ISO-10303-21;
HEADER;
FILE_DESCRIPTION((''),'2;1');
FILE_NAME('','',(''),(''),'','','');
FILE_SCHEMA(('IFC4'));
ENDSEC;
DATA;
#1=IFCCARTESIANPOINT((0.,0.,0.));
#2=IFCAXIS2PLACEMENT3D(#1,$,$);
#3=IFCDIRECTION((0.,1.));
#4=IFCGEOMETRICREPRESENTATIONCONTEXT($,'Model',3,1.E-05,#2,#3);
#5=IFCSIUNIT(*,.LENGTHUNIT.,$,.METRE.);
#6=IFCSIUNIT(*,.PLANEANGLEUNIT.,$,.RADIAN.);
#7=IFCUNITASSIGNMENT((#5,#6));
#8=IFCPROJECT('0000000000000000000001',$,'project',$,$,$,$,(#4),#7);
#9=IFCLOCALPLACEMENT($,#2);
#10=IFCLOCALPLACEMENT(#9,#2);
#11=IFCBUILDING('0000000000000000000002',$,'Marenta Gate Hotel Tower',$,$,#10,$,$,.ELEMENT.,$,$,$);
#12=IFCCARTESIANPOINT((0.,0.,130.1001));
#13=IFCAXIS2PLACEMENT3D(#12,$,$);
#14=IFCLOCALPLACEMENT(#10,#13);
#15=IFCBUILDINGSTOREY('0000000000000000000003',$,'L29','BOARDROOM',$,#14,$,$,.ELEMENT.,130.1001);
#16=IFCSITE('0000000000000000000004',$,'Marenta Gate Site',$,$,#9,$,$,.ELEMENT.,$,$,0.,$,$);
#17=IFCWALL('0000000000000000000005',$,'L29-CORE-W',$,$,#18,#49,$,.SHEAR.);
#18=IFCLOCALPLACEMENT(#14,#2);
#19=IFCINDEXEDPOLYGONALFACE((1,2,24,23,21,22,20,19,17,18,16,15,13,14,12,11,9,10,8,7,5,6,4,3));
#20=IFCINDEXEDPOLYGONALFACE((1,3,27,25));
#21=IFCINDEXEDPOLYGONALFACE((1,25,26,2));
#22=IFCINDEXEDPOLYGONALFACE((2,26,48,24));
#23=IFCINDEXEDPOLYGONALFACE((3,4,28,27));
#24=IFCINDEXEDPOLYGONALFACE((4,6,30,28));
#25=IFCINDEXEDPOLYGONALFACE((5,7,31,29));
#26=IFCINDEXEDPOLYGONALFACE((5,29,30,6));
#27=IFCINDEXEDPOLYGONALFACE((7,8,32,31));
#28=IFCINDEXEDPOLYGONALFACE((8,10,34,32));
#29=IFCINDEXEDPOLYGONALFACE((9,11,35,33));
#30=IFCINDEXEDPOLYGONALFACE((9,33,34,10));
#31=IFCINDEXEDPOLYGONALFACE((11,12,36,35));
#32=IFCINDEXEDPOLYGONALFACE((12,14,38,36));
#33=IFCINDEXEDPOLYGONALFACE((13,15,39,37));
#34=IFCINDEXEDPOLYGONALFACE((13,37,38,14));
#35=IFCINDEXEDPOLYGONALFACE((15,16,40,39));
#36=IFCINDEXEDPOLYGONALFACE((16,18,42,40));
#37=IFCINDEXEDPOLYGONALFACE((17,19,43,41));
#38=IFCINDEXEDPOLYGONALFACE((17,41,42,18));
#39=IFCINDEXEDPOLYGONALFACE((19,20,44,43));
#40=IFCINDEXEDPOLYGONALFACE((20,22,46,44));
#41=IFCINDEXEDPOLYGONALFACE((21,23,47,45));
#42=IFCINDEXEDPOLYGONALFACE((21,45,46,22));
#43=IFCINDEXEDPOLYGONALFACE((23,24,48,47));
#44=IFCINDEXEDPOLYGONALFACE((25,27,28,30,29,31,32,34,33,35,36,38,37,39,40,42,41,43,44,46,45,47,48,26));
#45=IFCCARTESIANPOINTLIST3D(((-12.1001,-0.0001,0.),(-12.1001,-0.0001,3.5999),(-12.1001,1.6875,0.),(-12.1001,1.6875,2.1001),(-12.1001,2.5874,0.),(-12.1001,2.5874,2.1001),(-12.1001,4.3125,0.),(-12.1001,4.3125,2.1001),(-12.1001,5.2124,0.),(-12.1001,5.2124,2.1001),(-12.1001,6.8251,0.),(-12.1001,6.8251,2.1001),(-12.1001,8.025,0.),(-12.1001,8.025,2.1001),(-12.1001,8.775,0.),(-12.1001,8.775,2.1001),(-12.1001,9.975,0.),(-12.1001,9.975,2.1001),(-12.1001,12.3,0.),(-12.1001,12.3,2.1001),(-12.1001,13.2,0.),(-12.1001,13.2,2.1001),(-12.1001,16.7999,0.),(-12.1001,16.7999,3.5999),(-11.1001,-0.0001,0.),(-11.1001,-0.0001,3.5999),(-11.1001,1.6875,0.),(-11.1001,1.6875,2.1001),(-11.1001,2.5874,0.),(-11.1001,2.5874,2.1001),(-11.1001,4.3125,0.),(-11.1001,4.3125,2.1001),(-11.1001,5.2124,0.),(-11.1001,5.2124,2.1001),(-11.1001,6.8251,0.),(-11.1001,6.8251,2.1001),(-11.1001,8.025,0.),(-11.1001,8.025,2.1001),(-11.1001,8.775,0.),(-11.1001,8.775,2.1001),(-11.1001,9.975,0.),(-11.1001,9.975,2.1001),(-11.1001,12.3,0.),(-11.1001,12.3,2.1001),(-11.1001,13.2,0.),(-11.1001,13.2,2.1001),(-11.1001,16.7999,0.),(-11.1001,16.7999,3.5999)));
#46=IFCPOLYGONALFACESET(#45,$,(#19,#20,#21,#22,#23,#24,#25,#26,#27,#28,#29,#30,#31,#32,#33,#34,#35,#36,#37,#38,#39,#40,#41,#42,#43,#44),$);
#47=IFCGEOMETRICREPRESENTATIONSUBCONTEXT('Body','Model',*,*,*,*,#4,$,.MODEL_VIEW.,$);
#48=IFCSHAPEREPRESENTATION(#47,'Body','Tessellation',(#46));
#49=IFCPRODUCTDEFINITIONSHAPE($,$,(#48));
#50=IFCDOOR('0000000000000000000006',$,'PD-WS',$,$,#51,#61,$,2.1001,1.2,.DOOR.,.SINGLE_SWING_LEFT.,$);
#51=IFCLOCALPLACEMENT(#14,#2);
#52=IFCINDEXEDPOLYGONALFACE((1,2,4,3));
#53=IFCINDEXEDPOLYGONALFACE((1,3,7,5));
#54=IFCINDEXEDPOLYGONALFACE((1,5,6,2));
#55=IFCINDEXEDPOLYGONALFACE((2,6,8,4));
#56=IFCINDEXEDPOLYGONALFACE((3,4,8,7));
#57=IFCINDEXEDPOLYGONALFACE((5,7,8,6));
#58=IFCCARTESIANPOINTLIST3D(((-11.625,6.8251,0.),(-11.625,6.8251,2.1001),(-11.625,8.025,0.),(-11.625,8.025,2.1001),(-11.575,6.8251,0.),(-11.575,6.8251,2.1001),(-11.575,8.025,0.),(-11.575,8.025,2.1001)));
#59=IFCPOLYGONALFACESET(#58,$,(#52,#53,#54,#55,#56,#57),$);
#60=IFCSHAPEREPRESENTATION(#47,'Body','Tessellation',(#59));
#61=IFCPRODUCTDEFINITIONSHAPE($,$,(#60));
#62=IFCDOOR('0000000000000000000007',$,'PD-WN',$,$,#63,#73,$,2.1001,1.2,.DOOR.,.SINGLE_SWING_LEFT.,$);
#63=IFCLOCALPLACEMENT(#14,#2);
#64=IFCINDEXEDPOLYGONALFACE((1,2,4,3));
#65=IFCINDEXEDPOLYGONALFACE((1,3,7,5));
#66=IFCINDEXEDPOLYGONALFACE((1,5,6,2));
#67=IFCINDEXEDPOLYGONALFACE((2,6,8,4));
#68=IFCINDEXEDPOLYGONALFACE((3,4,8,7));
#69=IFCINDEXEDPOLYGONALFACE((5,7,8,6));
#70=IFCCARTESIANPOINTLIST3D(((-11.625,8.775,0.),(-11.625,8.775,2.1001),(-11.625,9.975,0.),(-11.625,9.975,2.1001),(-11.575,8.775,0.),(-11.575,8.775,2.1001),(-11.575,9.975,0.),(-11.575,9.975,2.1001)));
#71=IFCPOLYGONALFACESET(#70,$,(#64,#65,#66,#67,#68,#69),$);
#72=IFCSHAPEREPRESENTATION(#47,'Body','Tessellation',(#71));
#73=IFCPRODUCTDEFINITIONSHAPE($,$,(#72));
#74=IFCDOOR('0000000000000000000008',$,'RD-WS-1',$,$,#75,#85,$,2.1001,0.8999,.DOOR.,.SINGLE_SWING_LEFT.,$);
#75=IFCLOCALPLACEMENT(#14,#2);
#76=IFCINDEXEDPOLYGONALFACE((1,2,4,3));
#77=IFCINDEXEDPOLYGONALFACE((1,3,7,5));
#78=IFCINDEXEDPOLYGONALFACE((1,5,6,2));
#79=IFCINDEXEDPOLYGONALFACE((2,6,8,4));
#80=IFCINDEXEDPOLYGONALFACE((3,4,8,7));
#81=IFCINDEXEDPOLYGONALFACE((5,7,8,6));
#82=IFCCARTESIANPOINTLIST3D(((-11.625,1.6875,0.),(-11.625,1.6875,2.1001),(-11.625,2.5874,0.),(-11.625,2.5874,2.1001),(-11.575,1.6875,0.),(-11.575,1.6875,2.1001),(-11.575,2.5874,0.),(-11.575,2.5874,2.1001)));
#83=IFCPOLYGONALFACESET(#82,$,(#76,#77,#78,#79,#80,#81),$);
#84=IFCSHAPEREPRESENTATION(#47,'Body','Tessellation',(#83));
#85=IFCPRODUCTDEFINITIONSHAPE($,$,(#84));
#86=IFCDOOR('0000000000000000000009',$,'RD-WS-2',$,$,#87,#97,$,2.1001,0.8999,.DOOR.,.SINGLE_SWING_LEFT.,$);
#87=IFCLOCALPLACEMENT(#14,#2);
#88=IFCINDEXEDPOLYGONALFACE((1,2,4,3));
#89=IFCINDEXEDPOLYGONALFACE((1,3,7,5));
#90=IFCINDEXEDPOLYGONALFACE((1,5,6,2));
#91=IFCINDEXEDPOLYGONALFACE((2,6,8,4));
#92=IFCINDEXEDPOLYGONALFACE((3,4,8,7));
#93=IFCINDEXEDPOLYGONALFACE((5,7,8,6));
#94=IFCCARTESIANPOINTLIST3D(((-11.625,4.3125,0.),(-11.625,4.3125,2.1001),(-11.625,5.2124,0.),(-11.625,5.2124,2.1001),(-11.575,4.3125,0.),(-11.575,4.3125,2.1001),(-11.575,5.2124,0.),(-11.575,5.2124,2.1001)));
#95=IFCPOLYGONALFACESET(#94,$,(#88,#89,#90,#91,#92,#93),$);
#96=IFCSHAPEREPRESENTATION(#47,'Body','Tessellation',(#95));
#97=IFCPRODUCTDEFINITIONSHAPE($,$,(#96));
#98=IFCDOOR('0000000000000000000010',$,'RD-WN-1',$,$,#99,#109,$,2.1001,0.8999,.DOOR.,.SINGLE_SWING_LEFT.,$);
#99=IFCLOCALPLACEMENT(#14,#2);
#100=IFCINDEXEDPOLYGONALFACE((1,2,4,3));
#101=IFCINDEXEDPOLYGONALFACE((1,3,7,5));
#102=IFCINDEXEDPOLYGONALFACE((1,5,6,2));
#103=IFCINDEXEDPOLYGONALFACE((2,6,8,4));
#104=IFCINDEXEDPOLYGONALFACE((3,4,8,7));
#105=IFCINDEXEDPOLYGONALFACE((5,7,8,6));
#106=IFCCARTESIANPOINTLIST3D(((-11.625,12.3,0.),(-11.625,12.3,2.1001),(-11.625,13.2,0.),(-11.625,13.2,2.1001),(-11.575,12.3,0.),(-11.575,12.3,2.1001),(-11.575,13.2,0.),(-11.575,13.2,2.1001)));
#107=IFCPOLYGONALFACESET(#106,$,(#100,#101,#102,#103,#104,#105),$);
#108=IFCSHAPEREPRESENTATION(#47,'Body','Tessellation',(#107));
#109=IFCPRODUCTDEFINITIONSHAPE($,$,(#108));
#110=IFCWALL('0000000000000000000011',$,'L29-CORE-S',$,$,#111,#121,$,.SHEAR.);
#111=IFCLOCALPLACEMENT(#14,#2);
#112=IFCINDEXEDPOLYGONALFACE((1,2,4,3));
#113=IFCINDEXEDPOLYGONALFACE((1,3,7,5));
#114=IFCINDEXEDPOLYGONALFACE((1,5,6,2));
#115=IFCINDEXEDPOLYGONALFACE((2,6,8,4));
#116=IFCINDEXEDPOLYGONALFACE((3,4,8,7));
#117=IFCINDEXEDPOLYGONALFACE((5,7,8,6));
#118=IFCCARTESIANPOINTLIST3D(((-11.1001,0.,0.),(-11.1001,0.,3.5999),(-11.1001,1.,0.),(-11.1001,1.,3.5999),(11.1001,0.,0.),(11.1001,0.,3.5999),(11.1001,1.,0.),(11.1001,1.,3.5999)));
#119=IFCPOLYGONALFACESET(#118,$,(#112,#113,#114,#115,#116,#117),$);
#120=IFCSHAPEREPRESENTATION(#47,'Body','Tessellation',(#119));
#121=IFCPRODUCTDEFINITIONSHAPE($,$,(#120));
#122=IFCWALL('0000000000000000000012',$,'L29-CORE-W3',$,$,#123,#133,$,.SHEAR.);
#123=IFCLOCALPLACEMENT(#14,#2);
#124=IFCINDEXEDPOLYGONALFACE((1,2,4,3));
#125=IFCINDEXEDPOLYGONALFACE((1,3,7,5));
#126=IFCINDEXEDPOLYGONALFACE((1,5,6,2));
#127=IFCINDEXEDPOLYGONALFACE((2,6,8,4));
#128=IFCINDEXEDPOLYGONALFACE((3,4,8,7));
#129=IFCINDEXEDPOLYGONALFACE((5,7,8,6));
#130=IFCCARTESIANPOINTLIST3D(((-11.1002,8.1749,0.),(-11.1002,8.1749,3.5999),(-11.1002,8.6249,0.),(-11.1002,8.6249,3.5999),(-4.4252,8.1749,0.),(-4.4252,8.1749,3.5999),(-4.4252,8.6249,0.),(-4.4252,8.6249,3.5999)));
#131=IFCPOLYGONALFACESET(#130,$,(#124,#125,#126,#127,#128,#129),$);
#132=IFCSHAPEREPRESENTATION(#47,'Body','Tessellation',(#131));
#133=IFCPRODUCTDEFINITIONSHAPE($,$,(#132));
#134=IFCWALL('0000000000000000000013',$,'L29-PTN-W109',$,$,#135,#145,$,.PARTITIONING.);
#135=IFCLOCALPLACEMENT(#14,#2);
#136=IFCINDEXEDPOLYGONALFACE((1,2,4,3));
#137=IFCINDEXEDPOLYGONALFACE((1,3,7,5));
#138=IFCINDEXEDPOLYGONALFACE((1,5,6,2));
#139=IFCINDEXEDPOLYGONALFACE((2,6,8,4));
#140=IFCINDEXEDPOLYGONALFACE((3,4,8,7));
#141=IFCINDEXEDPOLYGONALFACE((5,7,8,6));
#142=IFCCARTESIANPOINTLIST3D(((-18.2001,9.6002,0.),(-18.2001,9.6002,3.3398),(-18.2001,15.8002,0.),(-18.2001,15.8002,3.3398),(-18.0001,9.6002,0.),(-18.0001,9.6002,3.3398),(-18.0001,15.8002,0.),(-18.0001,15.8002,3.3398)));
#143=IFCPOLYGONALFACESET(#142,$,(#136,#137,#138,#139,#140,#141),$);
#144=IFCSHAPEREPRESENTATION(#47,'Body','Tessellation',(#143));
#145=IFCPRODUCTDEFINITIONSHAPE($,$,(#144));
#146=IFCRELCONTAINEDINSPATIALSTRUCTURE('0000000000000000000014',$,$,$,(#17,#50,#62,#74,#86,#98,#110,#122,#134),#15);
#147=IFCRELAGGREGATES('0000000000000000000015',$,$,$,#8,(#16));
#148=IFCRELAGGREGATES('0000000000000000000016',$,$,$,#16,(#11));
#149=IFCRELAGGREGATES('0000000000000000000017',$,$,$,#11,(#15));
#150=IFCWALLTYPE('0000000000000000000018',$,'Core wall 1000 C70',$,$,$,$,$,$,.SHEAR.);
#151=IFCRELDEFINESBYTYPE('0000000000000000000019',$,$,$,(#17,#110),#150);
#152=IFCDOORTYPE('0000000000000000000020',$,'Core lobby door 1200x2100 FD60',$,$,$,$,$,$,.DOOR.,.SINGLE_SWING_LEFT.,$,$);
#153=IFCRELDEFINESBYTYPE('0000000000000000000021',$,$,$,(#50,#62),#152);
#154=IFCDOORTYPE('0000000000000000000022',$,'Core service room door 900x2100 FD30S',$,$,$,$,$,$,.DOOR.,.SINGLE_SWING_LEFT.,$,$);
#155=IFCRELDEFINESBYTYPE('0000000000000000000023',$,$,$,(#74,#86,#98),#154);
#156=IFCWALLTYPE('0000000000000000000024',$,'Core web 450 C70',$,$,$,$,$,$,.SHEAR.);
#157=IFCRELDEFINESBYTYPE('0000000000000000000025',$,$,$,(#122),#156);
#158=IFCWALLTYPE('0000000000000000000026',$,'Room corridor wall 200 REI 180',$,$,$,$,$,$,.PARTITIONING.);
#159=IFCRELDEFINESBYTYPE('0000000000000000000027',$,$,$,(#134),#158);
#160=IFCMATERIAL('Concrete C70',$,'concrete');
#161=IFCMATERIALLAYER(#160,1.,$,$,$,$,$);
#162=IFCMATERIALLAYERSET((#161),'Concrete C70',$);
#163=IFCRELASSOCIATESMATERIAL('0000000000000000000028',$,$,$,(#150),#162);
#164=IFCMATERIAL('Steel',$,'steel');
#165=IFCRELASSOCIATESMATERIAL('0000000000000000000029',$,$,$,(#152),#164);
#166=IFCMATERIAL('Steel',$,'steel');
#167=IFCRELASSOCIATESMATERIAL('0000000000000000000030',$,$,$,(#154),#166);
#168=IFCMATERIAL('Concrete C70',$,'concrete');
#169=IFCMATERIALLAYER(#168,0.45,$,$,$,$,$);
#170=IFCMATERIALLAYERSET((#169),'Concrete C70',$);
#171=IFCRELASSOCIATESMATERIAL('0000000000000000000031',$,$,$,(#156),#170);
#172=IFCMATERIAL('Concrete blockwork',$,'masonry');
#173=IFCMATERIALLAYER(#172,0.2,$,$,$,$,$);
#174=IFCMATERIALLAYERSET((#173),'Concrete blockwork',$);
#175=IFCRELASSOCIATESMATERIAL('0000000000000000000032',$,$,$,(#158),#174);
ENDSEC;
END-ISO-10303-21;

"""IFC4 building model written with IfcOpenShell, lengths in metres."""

from ifc_helpers import new_model, si_unit, direction, frame, frame_2d, origin, place, context, subcontext, project, spatial, rectangle, extrude, material, layer, layer_set, type_object, element, fill, save


model = new_model("IFC4")

# Units and contexts
model_context = context("Model", 3, precision=1e-05, world=origin(), true_north=direction((0.0, 1.0)))
body_context = subcontext(model_context, "Body", "Model", "MODEL_VIEW")
ifc_project = project(units=[si_unit("LENGTHUNIT", "METRE"), si_unit("PLANEANGLEUNIT", "RADIAN")], contexts=[model_context])

# Site, building, storey
site_placement = place(None, origin())
site = spatial("IfcSite", under=ifc_project, at=site_placement, Name="Marenta Gate Site", CompositionType="ELEMENT", RefElevation=0.0)
building_placement = place(site_placement, origin())
building = spatial("IfcBuilding", under=site, at=building_placement, Name="Marenta Gate Hotel Tower", CompositionType="ELEMENT")
storey_placement = place(building_placement, frame((0.0, 0.0, 130.1001)))
storey = spatial("IfcBuildingStorey", under=building, at=storey_placement, Name="L29", Description="BOARDROOM", CompositionType="ELEMENT", Elevation=130.1001)

# Wall, openings, doors
ifc_material_1 = material(Name="Concrete C70", Category="concrete")
ifc_layer_1 = layer(ifc_material_1, 1.0)
ifc_layer_set_1 = layer_set([ifc_layer_1], Name="Concrete C70")
wall_type_1 = type_object("IfcWallType", Name="Core wall 1000 C70", PredefinedType="SHEAR", material=ifc_layer_set_1)
wall_1_placement = place(storey_placement, frame((-11.6001, 0.0, 0.0), z_axis=(0.0, 0.0, 1.0), x_axis=(0.0, 1.0, 0.0)))
wall_1 = element("IfcWall", 1, at=wall_1_placement, inside=storey, type_object=wall_type_1, Name="L29-CORE-W", PredefinedType="SHEAR", context=body_context, shape_type="SweptSolid", body=[
    extrude(rectangle(XDim=16.8, YDim=1.0, at=frame_2d((8.3999, 0.0))), origin(), (0.0, 0.0, 1.0), 3.5999),
])
opening_1_placement = place(wall_1_placement, frame((1.6875, 0.0, 0.0)))
opening_1 = element("IfcOpeningElement", 2, at=opening_1_placement, cuts=wall_1, PredefinedType="OPENING", context=body_context, shape_type="SweptSolid", body=[
    extrude(rectangle(XDim=0.8999, YDim=2.1001, at=frame_2d((0.45, 1.05))), frame((0.0, 0.5, 0.0), z_axis=(0.0, -1.0, 0.0), x_axis=(1.0, 0.0, 0.0)), (0.0, 0.0, 1.0), 1.0),
])
opening_2_placement = place(wall_1_placement, frame((4.3125, 0.0, 0.0)))
opening_2 = element("IfcOpeningElement", 3, at=opening_2_placement, cuts=wall_1, PredefinedType="OPENING", context=body_context, shape_type="SweptSolid", body=[
    extrude(rectangle(XDim=0.8999, YDim=2.1001, at=frame_2d((0.45, 1.05))), frame((0.0, 0.5, 0.0), z_axis=(0.0, -1.0, 0.0), x_axis=(1.0, 0.0, 0.0)), (0.0, 0.0, 1.0), 1.0),
])
opening_3_placement = place(wall_1_placement, frame((6.825, 0.0, 0.0)))
opening_3 = element("IfcOpeningElement", 4, at=opening_3_placement, cuts=wall_1, PredefinedType="OPENING", context=body_context, shape_type="SweptSolid", body=[
    extrude(rectangle(XDim=1.2, YDim=2.1001, at=frame_2d((0.6001, 1.05))), frame((0.0, 0.5, 0.0), z_axis=(0.0, -1.0, 0.0), x_axis=(1.0, 0.0, 0.0)), (0.0, 0.0, 1.0), 1.0),
])
opening_4_placement = place(wall_1_placement, frame((12.3, 0.0, 0.0)))
opening_4 = element("IfcOpeningElement", 5, at=opening_4_placement, cuts=wall_1, PredefinedType="OPENING", context=body_context, shape_type="SweptSolid", body=[
    extrude(rectangle(XDim=0.8999, YDim=2.1001, at=frame_2d((0.45, 1.05))), frame((0.0, 0.5, 0.0), z_axis=(0.0, -1.0, 0.0), x_axis=(1.0, 0.0, 0.0)), (0.0, 0.0, 1.0), 1.0),
])
opening_5_placement = place(wall_1_placement, frame((8.7749, 0.0, 0.0)))
opening_5 = element("IfcOpeningElement", 6, at=opening_5_placement, cuts=wall_1, PredefinedType="OPENING", context=body_context, shape_type="SweptSolid", body=[
    extrude(rectangle(XDim=1.2, YDim=2.1001, at=frame_2d((0.6001, 1.05))), frame((0.0, 0.5, 0.0), z_axis=(0.0, -1.0, 0.0), x_axis=(1.0, 0.0, 0.0)), (0.0, 0.0, 1.0), 1.0),
])
ifc_material_2 = material(Name="Steel", Category="steel")
door_type_1 = type_object("IfcDoorType", Name="Core lobby door 1200x2100 FD60", OperationType="SINGLE_SWING_LEFT", PredefinedType="DOOR", material=ifc_material_2)
door_1_placement = place(opening_3_placement, origin())
door_1 = element("IfcDoor", 7, at=door_1_placement, inside=storey, type_object=door_type_1, Name="PD-WS", OperationType="SINGLE_SWING_LEFT", OverallHeight=2.1001, OverallWidth=1.2, PredefinedType="DOOR", context=body_context, shape_type="SweptSolid", body=[
    extrude(rectangle(XDim=1.2, YDim=2.1001, at=frame_2d((0.6001, 1.05))), frame((0.0, 0.0249, 0.0), z_axis=(0.0, -1.0, 0.0), x_axis=(1.0, 0.0, 0.0)), (0.0, 0.0, 1.0), 0.05),
])
fill(opening_3, door_1)
door_2_placement = place(opening_5_placement, origin())
door_2 = element("IfcDoor", 8, at=door_2_placement, inside=storey, type_object=door_type_1, Name="PD-WN", OperationType="SINGLE_SWING_LEFT", OverallHeight=2.1001, OverallWidth=1.2, PredefinedType="DOOR", context=body_context, shape_type="SweptSolid", body=[
    extrude(rectangle(XDim=1.2, YDim=2.1001, at=frame_2d((0.6001, 1.05))), frame((0.0, 0.0249, 0.0), z_axis=(0.0, -1.0, 0.0), x_axis=(1.0, 0.0, 0.0)), (0.0, 0.0, 1.0), 0.05),
])
fill(opening_5, door_2)
ifc_material_3 = material(Name="Steel", Category="steel")
door_type_2 = type_object("IfcDoorType", Name="Core service room door 900x2100 FD30S", OperationType="SINGLE_SWING_LEFT", PredefinedType="DOOR", material=ifc_material_3)
door_3_placement = place(opening_1_placement, origin())
door_3 = element("IfcDoor", 9, at=door_3_placement, inside=storey, type_object=door_type_2, Name="RD-WS-1", OperationType="SINGLE_SWING_LEFT", OverallHeight=2.1001, OverallWidth=0.8999, PredefinedType="DOOR", context=body_context, shape_type="SweptSolid", body=[
    extrude(rectangle(XDim=0.8999, YDim=2.1001, at=frame_2d((0.45, 1.05))), frame((0.0, 0.0249, 0.0), z_axis=(0.0, -1.0, 0.0), x_axis=(1.0, 0.0, 0.0)), (0.0, 0.0, 1.0), 0.05),
])
fill(opening_1, door_3)
door_4_placement = place(opening_2_placement, origin())
door_4 = element("IfcDoor", 10, at=door_4_placement, inside=storey, type_object=door_type_2, Name="RD-WS-2", OperationType="SINGLE_SWING_LEFT", OverallHeight=2.1001, OverallWidth=0.8999, PredefinedType="DOOR", context=body_context, shape_type="SweptSolid", body=[
    extrude(rectangle(XDim=0.8999, YDim=2.1001, at=frame_2d((0.45, 1.05))), frame((0.0, 0.0249, 0.0), z_axis=(0.0, -1.0, 0.0), x_axis=(1.0, 0.0, 0.0)), (0.0, 0.0, 1.0), 0.05),
])
fill(opening_2, door_4)
door_5_placement = place(opening_4_placement, origin())
door_5 = element("IfcDoor", 11, at=door_5_placement, inside=storey, type_object=door_type_2, Name="RD-WN-1", OperationType="SINGLE_SWING_LEFT", OverallHeight=2.1001, OverallWidth=0.8999, PredefinedType="DOOR", context=body_context, shape_type="SweptSolid", body=[
    extrude(rectangle(XDim=0.8999, YDim=2.1001, at=frame_2d((0.45, 1.05))), frame((0.0, 0.0249, 0.0), z_axis=(0.0, -1.0, 0.0), x_axis=(1.0, 0.0, 0.0)), (0.0, 0.0, 1.0), 0.05),
])
fill(opening_4, door_5)

# Walls
wall_2_placement = place(storey_placement, frame((-11.1001, 0.5, 0.0), z_axis=(0.0, 0.0, 1.0), x_axis=(1.0, 0.0, 0.0)))
element("IfcWall", 12, at=wall_2_placement, inside=storey, type_object=wall_type_1, Name="L29-CORE-S", PredefinedType="SHEAR", context=body_context, shape_type="SweptSolid", body=[
    extrude(rectangle(XDim=22.2002, YDim=1.0, at=frame_2d((11.1001, 0.0))), origin(), (0.0, 0.0, 1.0), 3.5999),
])
ifc_material_4 = material(Name="Concrete C70", Category="concrete")
ifc_layer_2 = layer(ifc_material_4, 0.45)
ifc_layer_set_2 = layer_set([ifc_layer_2], Name="Concrete C70")
wall_type_2 = type_object("IfcWallType", Name="Core web 450 C70", PredefinedType="SHEAR", material=ifc_layer_set_2)
wall_3_placement = place(storey_placement, frame((-11.1001, 8.3999, 0.0), z_axis=(0.0, 0.0, 1.0), x_axis=(1.0, 0.0, 0.0)))
element("IfcWall", 13, at=wall_3_placement, inside=storey, type_object=wall_type_2, Name="L29-CORE-W3", PredefinedType="SHEAR", context=body_context, shape_type="SweptSolid", body=[
    extrude(rectangle(XDim=6.675, YDim=0.45, at=frame_2d((3.3374, 0.0))), origin(), (0.0, 0.0, 1.0), 3.5999),
])
ifc_material_5 = material(Name="Concrete blockwork", Category="masonry")
ifc_layer_3 = layer(ifc_material_5, 0.2)
ifc_layer_set_3 = layer_set([ifc_layer_3], Name="Concrete blockwork")
wall_type_3 = type_object("IfcWallType", Name="Room corridor wall 200 REI 180", PredefinedType="PARTITIONING", material=ifc_layer_set_3)
wall_4_placement = place(storey_placement, frame((-18.1001, 9.6001, 0.0), z_axis=(0.0, 0.0, 1.0), x_axis=(0.0, 1.0, 0.0)))
element("IfcWall", 14, at=wall_4_placement, inside=storey, type_object=wall_type_3, Name="L29-PTN-W109", PredefinedType="PARTITIONING", context=body_context, shape_type="SweptSolid", body=[
    extrude(rectangle(XDim=6.2, YDim=0.2, at=frame_2d((3.1001, 0.0))), origin(), (0.0, 0.0, 1.0), 3.3398),
])

save(model, "model.ifc")
